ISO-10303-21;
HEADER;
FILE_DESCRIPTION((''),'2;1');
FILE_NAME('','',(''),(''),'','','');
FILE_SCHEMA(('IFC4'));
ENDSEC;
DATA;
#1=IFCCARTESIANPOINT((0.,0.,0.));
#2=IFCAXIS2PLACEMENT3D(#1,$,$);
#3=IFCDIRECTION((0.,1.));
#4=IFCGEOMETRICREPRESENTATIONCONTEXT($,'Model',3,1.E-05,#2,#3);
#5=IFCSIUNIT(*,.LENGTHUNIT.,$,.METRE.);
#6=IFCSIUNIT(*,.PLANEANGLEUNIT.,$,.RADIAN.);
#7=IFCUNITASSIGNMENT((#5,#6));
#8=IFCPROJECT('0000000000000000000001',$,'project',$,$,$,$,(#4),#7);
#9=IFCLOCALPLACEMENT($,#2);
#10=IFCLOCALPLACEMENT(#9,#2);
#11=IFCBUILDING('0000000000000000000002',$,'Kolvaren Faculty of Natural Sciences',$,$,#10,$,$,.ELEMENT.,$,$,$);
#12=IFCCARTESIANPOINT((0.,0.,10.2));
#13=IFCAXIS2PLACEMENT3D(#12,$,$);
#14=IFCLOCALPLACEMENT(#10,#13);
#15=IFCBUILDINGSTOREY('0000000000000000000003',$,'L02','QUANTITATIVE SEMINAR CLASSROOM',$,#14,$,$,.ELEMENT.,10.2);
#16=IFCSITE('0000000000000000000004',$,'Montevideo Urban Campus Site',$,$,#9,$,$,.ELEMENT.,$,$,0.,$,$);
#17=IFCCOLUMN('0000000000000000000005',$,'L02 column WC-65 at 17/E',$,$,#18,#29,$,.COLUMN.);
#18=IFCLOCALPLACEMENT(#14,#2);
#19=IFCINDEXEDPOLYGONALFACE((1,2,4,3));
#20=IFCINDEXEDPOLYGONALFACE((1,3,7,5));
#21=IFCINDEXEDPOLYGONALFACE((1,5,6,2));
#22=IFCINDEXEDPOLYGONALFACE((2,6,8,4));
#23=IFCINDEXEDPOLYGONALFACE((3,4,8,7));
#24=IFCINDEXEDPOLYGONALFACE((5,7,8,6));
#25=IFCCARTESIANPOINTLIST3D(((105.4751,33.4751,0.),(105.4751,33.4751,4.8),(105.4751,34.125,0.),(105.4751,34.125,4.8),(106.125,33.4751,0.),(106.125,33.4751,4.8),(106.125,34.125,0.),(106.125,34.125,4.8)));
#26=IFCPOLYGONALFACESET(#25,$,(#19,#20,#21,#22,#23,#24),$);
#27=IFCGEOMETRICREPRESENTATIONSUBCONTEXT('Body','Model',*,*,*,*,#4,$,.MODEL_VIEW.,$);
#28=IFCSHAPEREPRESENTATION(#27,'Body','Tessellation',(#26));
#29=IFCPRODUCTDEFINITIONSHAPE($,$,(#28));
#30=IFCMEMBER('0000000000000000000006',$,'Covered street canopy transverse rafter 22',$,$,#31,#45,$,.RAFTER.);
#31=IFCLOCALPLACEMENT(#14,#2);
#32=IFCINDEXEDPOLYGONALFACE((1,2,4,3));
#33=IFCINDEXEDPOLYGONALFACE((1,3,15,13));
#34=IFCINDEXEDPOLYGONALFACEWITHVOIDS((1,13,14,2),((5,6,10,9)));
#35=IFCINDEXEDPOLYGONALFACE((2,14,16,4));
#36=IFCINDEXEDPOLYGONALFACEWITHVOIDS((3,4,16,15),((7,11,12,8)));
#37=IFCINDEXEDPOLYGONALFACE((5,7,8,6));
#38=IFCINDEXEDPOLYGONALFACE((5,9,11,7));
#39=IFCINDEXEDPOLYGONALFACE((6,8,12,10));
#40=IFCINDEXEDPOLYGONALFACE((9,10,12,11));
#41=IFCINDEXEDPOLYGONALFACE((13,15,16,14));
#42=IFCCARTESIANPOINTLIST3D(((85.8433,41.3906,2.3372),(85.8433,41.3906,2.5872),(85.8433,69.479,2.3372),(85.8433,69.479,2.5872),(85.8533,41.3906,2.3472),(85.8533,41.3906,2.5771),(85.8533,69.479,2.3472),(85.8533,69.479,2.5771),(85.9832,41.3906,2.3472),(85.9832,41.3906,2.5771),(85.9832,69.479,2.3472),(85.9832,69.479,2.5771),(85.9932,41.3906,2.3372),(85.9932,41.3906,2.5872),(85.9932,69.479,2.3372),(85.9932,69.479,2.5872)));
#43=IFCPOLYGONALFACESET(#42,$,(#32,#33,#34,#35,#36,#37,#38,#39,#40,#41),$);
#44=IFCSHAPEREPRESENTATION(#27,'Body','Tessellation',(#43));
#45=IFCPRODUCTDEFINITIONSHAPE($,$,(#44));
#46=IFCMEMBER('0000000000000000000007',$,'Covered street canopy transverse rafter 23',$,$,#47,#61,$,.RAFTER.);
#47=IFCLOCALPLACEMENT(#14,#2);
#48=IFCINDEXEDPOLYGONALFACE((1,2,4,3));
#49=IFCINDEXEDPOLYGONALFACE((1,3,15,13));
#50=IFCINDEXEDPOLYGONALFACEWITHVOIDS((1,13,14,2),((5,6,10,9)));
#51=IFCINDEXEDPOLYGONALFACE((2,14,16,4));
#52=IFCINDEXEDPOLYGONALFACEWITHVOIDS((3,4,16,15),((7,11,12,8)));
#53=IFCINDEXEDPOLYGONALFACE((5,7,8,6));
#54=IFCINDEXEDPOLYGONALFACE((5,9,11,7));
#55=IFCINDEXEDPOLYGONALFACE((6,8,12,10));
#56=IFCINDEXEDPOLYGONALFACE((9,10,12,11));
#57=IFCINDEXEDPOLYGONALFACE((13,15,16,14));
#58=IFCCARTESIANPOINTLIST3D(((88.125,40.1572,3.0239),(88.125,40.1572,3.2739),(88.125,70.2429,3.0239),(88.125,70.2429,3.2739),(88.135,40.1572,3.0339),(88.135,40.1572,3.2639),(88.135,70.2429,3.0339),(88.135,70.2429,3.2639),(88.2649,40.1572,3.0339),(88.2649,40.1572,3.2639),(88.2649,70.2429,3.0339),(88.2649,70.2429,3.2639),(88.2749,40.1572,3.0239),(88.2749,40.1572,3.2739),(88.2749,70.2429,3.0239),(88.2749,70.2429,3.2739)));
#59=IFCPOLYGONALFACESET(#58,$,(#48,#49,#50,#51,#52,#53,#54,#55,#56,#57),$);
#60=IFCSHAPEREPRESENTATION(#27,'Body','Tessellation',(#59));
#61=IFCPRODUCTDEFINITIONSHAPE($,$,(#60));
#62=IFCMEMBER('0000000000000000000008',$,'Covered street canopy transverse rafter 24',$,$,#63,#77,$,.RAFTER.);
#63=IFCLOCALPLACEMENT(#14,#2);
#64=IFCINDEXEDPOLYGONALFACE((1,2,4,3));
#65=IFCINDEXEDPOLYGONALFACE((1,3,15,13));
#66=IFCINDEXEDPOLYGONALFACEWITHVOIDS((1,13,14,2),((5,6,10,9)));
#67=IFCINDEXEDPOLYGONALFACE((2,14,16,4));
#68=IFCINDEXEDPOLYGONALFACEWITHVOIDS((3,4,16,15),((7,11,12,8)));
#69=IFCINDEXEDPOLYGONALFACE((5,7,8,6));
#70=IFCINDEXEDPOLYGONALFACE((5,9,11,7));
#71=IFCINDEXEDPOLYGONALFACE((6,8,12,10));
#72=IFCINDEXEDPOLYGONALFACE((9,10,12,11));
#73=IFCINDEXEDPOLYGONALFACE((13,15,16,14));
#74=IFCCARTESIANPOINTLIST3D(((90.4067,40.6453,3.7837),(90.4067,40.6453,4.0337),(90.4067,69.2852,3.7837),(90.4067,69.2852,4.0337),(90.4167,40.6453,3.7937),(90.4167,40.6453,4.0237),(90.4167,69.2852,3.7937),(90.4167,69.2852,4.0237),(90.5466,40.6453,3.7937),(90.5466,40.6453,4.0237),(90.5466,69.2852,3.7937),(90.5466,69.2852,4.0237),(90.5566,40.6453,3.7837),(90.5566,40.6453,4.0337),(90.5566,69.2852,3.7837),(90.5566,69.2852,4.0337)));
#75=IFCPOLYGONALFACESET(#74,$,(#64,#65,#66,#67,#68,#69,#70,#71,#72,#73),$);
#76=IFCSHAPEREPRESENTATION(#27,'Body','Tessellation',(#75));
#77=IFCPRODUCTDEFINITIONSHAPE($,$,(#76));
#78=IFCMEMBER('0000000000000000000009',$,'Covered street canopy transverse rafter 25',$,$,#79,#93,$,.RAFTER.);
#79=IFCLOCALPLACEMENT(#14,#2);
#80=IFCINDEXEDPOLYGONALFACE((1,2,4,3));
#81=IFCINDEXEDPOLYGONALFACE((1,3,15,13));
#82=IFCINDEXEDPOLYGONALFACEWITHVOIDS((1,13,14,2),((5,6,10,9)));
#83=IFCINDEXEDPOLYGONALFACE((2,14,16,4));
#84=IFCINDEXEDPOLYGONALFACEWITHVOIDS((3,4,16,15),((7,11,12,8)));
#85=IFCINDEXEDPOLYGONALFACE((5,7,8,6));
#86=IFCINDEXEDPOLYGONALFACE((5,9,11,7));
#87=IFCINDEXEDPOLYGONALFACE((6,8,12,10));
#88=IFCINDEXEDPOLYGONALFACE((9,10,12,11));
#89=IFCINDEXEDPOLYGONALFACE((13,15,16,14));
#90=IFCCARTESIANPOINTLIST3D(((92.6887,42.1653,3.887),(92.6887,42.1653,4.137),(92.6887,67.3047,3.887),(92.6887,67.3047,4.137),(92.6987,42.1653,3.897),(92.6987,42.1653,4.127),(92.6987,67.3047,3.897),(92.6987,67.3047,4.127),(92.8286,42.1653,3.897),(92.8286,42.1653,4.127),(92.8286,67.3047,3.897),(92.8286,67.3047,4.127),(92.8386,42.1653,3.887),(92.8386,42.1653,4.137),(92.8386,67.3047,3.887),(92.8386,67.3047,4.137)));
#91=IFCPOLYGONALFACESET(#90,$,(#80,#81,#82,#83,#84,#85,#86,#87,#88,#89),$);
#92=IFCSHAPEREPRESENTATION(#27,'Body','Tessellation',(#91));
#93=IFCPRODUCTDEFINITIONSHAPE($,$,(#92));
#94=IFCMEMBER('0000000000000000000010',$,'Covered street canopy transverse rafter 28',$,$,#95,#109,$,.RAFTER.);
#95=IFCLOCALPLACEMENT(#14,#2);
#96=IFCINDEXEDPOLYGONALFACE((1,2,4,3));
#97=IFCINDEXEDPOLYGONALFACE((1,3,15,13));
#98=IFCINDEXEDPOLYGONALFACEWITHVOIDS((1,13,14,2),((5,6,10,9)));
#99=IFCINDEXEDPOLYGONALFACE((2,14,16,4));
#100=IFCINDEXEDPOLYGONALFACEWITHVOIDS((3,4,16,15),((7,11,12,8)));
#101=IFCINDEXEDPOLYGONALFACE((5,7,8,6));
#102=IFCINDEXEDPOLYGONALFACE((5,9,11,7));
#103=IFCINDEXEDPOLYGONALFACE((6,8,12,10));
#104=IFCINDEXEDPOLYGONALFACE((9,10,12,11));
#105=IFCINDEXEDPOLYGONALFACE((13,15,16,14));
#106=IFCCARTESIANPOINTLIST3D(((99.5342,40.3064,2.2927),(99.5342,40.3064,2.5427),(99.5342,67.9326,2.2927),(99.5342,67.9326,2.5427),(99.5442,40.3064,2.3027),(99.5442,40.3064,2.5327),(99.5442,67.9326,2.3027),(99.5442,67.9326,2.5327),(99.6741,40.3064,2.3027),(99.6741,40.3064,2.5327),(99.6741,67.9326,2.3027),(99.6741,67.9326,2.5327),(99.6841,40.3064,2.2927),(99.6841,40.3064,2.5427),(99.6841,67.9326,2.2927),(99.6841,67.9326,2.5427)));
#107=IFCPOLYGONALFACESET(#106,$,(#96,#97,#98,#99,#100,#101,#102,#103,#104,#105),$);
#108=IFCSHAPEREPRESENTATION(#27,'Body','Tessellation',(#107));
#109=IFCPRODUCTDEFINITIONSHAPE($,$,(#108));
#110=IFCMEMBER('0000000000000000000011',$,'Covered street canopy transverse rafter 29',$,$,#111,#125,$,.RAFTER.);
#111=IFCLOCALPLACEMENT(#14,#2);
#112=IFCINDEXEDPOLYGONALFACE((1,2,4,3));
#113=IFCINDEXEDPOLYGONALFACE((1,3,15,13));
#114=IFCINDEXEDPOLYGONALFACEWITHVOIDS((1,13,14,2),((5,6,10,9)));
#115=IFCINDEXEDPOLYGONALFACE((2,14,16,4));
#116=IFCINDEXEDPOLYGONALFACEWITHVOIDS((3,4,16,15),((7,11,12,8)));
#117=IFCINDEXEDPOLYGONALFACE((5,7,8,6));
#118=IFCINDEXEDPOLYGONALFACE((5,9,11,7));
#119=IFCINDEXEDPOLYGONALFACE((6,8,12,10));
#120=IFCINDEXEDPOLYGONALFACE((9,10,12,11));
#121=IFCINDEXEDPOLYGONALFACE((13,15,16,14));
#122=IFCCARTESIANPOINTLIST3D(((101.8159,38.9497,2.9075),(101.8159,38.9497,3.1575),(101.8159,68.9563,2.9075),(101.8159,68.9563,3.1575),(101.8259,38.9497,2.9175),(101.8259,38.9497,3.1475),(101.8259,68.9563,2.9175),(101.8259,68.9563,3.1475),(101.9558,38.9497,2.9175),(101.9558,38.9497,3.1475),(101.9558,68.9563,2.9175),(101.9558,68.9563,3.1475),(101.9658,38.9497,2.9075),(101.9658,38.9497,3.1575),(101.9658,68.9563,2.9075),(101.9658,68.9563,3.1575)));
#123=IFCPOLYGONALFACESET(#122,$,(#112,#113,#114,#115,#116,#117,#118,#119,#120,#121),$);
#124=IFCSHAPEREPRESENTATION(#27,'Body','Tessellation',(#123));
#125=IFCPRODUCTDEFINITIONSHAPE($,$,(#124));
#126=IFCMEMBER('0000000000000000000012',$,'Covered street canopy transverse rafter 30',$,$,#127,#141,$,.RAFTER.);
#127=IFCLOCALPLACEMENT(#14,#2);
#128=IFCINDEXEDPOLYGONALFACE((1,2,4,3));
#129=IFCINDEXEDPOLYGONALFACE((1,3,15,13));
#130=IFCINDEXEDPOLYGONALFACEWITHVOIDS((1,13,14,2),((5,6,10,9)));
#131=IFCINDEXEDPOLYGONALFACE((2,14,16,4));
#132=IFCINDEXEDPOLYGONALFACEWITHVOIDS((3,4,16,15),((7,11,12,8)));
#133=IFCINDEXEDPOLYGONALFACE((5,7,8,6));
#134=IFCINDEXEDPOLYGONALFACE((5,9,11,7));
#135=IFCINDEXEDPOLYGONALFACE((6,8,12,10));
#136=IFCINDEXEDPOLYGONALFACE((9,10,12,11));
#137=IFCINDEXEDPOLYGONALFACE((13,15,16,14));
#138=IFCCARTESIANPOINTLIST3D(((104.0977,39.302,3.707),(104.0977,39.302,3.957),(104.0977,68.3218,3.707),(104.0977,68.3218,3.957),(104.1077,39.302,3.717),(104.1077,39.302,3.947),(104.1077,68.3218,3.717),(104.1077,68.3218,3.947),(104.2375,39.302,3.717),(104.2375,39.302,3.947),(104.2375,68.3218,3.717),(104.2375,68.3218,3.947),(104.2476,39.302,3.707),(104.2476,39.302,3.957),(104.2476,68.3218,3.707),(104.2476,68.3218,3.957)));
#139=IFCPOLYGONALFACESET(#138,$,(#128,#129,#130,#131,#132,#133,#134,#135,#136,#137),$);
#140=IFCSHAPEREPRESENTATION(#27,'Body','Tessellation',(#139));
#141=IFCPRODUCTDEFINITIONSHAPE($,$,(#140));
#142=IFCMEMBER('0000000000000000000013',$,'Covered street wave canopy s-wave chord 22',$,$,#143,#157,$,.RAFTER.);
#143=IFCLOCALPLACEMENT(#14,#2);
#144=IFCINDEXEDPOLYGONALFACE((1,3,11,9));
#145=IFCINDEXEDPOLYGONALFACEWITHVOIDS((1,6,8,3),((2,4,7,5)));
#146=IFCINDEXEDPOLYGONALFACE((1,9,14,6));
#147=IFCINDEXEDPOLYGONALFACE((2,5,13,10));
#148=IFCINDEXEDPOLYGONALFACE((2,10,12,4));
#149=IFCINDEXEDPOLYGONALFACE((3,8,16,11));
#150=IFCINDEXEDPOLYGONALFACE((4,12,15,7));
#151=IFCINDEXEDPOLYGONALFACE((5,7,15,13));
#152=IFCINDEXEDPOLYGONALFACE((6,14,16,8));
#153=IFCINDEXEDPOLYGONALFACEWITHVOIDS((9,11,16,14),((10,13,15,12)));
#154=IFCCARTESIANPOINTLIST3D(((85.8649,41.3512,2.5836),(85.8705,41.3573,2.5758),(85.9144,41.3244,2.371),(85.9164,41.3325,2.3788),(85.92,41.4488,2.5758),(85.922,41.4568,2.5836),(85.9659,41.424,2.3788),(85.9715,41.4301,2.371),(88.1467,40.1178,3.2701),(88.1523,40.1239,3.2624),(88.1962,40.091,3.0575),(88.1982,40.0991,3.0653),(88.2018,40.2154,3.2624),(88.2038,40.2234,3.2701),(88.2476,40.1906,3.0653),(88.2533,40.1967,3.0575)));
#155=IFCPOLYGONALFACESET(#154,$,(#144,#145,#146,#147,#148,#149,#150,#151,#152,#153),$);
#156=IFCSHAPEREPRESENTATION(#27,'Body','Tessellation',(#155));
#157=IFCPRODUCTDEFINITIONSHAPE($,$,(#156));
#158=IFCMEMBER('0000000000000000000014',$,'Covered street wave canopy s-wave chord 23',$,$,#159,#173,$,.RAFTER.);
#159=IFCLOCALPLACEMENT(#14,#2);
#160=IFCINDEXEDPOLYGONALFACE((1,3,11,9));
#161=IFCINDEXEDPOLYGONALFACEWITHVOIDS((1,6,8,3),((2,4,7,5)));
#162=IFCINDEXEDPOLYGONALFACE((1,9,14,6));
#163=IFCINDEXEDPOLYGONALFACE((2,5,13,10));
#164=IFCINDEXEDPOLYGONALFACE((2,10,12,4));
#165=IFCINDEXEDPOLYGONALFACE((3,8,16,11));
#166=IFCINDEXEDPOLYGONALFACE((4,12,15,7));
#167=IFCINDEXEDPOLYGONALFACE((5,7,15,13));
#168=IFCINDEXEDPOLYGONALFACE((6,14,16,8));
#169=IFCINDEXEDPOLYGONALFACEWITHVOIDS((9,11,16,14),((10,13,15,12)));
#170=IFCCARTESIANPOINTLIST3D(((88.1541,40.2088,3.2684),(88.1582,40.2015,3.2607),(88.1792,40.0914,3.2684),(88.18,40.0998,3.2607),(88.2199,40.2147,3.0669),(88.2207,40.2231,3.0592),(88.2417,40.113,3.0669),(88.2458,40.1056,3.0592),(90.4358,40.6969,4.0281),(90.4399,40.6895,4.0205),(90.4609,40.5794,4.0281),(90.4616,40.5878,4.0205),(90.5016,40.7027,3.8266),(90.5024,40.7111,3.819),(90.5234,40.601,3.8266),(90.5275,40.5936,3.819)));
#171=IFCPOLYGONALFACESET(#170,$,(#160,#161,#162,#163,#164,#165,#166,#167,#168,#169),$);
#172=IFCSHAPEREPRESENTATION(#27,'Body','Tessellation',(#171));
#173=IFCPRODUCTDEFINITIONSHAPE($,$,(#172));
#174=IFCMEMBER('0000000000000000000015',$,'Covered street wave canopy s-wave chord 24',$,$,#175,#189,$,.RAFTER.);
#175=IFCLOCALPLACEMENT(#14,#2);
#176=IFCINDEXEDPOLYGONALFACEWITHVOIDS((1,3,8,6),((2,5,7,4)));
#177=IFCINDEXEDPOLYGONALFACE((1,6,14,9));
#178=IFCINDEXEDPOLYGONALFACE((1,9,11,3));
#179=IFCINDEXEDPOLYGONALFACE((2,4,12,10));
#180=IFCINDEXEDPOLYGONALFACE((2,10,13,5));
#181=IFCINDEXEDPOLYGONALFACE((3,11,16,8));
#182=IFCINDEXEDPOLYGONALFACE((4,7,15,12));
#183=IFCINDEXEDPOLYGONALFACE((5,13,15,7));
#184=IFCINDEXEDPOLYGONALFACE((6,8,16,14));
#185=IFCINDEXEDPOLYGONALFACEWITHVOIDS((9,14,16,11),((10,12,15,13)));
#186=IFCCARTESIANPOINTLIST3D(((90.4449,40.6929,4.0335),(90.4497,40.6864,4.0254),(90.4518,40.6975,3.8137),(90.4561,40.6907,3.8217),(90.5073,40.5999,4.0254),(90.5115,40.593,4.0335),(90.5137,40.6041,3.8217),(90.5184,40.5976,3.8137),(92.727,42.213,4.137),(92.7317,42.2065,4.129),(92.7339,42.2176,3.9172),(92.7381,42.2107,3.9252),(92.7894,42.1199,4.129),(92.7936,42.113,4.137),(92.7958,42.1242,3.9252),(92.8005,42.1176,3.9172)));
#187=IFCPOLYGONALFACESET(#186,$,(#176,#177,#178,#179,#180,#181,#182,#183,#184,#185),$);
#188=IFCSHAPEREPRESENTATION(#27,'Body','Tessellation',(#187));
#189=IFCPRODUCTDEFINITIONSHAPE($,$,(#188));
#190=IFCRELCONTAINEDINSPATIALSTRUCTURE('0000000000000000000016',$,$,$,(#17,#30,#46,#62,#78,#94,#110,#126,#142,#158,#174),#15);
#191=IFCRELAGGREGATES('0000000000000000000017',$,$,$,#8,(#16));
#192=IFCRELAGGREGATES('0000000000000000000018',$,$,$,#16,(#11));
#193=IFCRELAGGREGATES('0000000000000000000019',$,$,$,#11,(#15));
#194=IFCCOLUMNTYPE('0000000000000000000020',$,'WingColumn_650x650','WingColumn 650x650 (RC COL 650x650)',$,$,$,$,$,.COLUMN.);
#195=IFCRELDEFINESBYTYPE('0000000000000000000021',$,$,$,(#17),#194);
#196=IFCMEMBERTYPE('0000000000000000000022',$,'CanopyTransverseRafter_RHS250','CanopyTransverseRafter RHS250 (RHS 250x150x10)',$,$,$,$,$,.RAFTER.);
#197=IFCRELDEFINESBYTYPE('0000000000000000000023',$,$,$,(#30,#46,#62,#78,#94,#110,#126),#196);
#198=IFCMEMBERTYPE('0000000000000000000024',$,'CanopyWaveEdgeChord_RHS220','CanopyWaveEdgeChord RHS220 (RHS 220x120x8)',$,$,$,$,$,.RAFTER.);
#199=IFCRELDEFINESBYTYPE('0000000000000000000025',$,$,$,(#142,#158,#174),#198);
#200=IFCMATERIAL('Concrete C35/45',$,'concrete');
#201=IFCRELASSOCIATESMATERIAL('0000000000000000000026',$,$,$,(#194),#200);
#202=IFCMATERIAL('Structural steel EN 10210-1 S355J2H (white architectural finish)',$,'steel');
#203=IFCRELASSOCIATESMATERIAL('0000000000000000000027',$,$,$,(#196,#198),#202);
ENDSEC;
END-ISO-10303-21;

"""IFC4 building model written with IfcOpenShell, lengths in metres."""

from ifc_helpers import new_model, si_unit, direction, frame, origin, origin_2d, place, context, subcontext, project, spatial, rectangle, hollow_rectangle, extrude, material, material_profile, profile_set, type_object, element, save


model = new_model("IFC4")

# Units and contexts
model_context = context("Model", 3, precision=1e-05, world=origin(), true_north=direction((0.0, 1.0)))
body_context = subcontext(model_context, "Body", "Model", "MODEL_VIEW")
ifc_project = project(units=[si_unit("LENGTHUNIT", "METRE"), si_unit("PLANEANGLEUNIT", "RADIAN")], contexts=[model_context])

# Site, building, storey
site_placement = place(None, origin())
site = spatial("IfcSite", under=ifc_project, at=site_placement, Name="Montevideo Urban Campus Site", CompositionType="ELEMENT", RefElevation=0.0)
building_placement = place(site_placement, origin())
building = spatial("IfcBuilding", under=site, at=building_placement, Name="Kolvaren Faculty of Natural Sciences", CompositionType="ELEMENT")
storey_placement = place(building_placement, frame((0.0, 0.0, 10.2)))
storey = spatial("IfcBuildingStorey", under=building, at=storey_placement, Name="L02", Description="QUANTITATIVE SEMINAR CLASSROOM", CompositionType="ELEMENT", Elevation=10.2)

# Column
ifc_material_1 = material(Name="Concrete C35/45", Category="concrete")
ifc_material_profile_1 = material_profile(ifc_material_1, rectangle(XDim=0.6499, YDim=0.6499, at=origin_2d()), Name="RC COL 650x650")
ifc_profile_set_1 = profile_set([ifc_material_profile_1], Name="Concrete C35/45")
column_type = type_object("IfcColumnType", Name="WingColumn_650x650", Description="WingColumn 650x650 (RC COL 650x650)", PredefinedType="COLUMN", material=ifc_profile_set_1)
column_placement = place(storey_placement, frame((105.8, 33.8, 0.0), z_axis=(0.0, 0.0, 1.0), x_axis=(1.0, 0.0, 0.0)))
element("IfcColumn", 1, at=column_placement, inside=storey, type_object=column_type, Name="L02 column WC-65 at 17/E", PredefinedType="COLUMN", context=body_context, shape_type="SweptSolid", body=[
    extrude(rectangle(XDim=0.6499, YDim=0.6499, at=origin_2d()), origin(), (0.0, 0.0, 1.0), 4.8),
])

# Members
ifc_material_2 = material(Name="Structural steel EN 10210-1 S355J2H (white architectural finish)", Category="steel")
ifc_material_profile_2 = material_profile(ifc_material_2, hollow_rectangle(XDim=0.1499, YDim=0.25, WallThickness=0.01, at=origin_2d()), Name="RHS 250x150x10")
ifc_profile_set_2 = profile_set([ifc_material_profile_2], Name="Structural steel EN 10210-1 S355J2H (white architectural finish)")
member_type_1 = type_object("IfcMemberType", Name="CanopyTransverseRafter_RHS250", Description="CanopyTransverseRafter RHS250 (RHS 250x150x10)", PredefinedType="RAFTER", material=ifc_profile_set_2)
member_1_placement = place(storey_placement, frame((85.9182, 41.3906, 2.4622), z_axis=(0.0, 1.0, 0.0), x_axis=(-1.0, 0.0, 0.0)))
element("IfcMember", 2, at=member_1_placement, inside=storey, type_object=member_type_1, Name="Covered street canopy transverse rafter 22", PredefinedType="RAFTER", context=body_context, shape_type="SweptSolid", body=[
    extrude(hollow_rectangle(XDim=0.1499, YDim=0.25, WallThickness=0.01, at=origin_2d()), origin(), (0.0, 0.0, 1.0), 28.0884),
])
member_2_placement = place(storey_placement, frame((88.2, 40.1572, 3.1489), z_axis=(0.0, 1.0, 0.0), x_axis=(-1.0, 0.0, 0.0)))
element("IfcMember", 3, at=member_2_placement, inside=storey, type_object=member_type_1, Name="Covered street canopy transverse rafter 23", PredefinedType="RAFTER", context=body_context, shape_type="SweptSolid", body=[
    extrude(hollow_rectangle(XDim=0.1499, YDim=0.25, WallThickness=0.01, at=origin_2d()), origin(), (0.0, 0.0, 1.0), 30.0857),
])
member_3_placement = place(storey_placement, frame((90.4817, 40.6453, 3.9087), z_axis=(0.0, 1.0, 0.0), x_axis=(-1.0, 0.0, 0.0)))
element("IfcMember", 4, at=member_3_placement, inside=storey, type_object=member_type_1, Name="Covered street canopy transverse rafter 24", PredefinedType="RAFTER", context=body_context, shape_type="SweptSolid", body=[
    extrude(hollow_rectangle(XDim=0.1499, YDim=0.25, WallThickness=0.01, at=origin_2d()), origin(), (0.0, 0.0, 1.0), 28.6399),
])
member_4_placement = place(storey_placement, frame((92.7637, 42.1653, 4.012), z_axis=(0.0, 1.0, 0.0), x_axis=(-1.0, 0.0, 0.0)))
element("IfcMember", 5, at=member_4_placement, inside=storey, type_object=member_type_1, Name="Covered street canopy transverse rafter 25", PredefinedType="RAFTER", context=body_context, shape_type="SweptSolid", body=[
    extrude(hollow_rectangle(XDim=0.1499, YDim=0.25, WallThickness=0.01, at=origin_2d()), origin(), (0.0, 0.0, 1.0), 25.1394),
])
member_5_placement = place(storey_placement, frame((99.6091, 40.3064, 2.4177), z_axis=(0.0, 1.0, 0.0), x_axis=(-1.0, 0.0, 0.0)))
element("IfcMember", 6, at=member_5_placement, inside=storey, type_object=member_type_1, Name="Covered street canopy transverse rafter 28", PredefinedType="RAFTER", context=body_context, shape_type="SweptSolid", body=[
    extrude(hollow_rectangle(XDim=0.1499, YDim=0.25, WallThickness=0.01, at=origin_2d()), origin(), (0.0, 0.0, 1.0), 27.6262),
])
member_6_placement = place(storey_placement, frame((101.8909, 38.9497, 3.0325), z_axis=(0.0, 1.0, 0.0), x_axis=(-1.0, 0.0, 0.0)))
element("IfcMember", 7, at=member_6_placement, inside=storey, type_object=member_type_1, Name="Covered street canopy transverse rafter 29", PredefinedType="RAFTER", context=body_context, shape_type="SweptSolid", body=[
    extrude(hollow_rectangle(XDim=0.1499, YDim=0.25, WallThickness=0.01, at=origin_2d()), origin(), (0.0, 0.0, 1.0), 30.0066),
])
member_7_placement = place(storey_placement, frame((104.1726, 39.302, 3.832), z_axis=(0.0, 1.0, 0.0), x_axis=(-1.0, 0.0, 0.0)))
element("IfcMember", 8, at=member_7_placement, inside=storey, type_object=member_type_1, Name="Covered street canopy transverse rafter 30", PredefinedType="RAFTER", context=body_context, shape_type="SweptSolid", body=[
    extrude(hollow_rectangle(XDim=0.1499, YDim=0.25, WallThickness=0.01, at=origin_2d()), origin(), (0.0, 0.0, 1.0), 29.0198),
])
ifc_material_profile_3 = material_profile(ifc_material_2, hollow_rectangle(XDim=0.1201, YDim=0.22, WallThickness=0.0081, at=origin_2d()), Name="RHS 220x120x8")
ifc_profile_set_3 = profile_set([ifc_material_profile_3], Name="Structural steel EN 10210-1 S355J2H (white architectural finish)")
member_type_2 = type_object("IfcMemberType", Name="CanopyWaveEdgeChord_RHS220", Description="CanopyWaveEdgeChord RHS220 (RHS 220x120x8)", PredefinedType="RAFTER", material=ifc_profile_set_3)
member_8_placement = place(storey_placement, frame((85.9182, 41.3906, 2.4773), z_axis=(0.850418, -0.459695, 0.255871), x_axis=(0.475525, 0.879702, 0.0)))
element("IfcMember", 9, at=member_8_placement, inside=storey, type_object=member_type_2, Name="Covered street wave canopy s-wave chord 22", PredefinedType="RAFTER", context=body_context, shape_type="SweptSolid", body=[
    extrude(hollow_rectangle(XDim=0.1201, YDim=0.22, WallThickness=0.0081, at=origin_2d()), origin(), (0.0, 0.0, 1.0), 2.6831),
])
member_9_placement = place(storey_placement, frame((88.2, 40.1572, 3.1638), z_axis=(0.929832, 0.19888, 0.309612), x_axis=(-0.209158, 0.977882, 0.0)))
element("IfcMember", 10, at=member_9_placement, inside=storey, type_object=member_type_2, Name="Covered street wave canopy s-wave chord 23", PredefinedType="RAFTER", context=body_context, shape_type="SweptSolid", body=[
    extrude(hollow_rectangle(XDim=0.1201, YDim=0.22, WallThickness=0.0081, at=origin_2d()), origin(), (0.0, 0.0, 1.0), 2.4539),
])
member_10_placement = place(storey_placement, frame((90.4817, 40.6453, 3.9236), z_axis=(0.831677, 0.553977, 0.037727), x_axis=(-0.554371, 0.832269, 0.0)))
element("IfcMember", 11, at=member_10_placement, inside=storey, type_object=member_type_2, Name="Covered street wave canopy s-wave chord 24", PredefinedType="RAFTER", context=body_context, shape_type="SweptSolid", body=[
    extrude(hollow_rectangle(XDim=0.1201, YDim=0.22, WallThickness=0.0081, at=origin_2d()), origin(), (0.0, 0.0, 1.0), 2.7439),
])

save(model, "model.ifc")
